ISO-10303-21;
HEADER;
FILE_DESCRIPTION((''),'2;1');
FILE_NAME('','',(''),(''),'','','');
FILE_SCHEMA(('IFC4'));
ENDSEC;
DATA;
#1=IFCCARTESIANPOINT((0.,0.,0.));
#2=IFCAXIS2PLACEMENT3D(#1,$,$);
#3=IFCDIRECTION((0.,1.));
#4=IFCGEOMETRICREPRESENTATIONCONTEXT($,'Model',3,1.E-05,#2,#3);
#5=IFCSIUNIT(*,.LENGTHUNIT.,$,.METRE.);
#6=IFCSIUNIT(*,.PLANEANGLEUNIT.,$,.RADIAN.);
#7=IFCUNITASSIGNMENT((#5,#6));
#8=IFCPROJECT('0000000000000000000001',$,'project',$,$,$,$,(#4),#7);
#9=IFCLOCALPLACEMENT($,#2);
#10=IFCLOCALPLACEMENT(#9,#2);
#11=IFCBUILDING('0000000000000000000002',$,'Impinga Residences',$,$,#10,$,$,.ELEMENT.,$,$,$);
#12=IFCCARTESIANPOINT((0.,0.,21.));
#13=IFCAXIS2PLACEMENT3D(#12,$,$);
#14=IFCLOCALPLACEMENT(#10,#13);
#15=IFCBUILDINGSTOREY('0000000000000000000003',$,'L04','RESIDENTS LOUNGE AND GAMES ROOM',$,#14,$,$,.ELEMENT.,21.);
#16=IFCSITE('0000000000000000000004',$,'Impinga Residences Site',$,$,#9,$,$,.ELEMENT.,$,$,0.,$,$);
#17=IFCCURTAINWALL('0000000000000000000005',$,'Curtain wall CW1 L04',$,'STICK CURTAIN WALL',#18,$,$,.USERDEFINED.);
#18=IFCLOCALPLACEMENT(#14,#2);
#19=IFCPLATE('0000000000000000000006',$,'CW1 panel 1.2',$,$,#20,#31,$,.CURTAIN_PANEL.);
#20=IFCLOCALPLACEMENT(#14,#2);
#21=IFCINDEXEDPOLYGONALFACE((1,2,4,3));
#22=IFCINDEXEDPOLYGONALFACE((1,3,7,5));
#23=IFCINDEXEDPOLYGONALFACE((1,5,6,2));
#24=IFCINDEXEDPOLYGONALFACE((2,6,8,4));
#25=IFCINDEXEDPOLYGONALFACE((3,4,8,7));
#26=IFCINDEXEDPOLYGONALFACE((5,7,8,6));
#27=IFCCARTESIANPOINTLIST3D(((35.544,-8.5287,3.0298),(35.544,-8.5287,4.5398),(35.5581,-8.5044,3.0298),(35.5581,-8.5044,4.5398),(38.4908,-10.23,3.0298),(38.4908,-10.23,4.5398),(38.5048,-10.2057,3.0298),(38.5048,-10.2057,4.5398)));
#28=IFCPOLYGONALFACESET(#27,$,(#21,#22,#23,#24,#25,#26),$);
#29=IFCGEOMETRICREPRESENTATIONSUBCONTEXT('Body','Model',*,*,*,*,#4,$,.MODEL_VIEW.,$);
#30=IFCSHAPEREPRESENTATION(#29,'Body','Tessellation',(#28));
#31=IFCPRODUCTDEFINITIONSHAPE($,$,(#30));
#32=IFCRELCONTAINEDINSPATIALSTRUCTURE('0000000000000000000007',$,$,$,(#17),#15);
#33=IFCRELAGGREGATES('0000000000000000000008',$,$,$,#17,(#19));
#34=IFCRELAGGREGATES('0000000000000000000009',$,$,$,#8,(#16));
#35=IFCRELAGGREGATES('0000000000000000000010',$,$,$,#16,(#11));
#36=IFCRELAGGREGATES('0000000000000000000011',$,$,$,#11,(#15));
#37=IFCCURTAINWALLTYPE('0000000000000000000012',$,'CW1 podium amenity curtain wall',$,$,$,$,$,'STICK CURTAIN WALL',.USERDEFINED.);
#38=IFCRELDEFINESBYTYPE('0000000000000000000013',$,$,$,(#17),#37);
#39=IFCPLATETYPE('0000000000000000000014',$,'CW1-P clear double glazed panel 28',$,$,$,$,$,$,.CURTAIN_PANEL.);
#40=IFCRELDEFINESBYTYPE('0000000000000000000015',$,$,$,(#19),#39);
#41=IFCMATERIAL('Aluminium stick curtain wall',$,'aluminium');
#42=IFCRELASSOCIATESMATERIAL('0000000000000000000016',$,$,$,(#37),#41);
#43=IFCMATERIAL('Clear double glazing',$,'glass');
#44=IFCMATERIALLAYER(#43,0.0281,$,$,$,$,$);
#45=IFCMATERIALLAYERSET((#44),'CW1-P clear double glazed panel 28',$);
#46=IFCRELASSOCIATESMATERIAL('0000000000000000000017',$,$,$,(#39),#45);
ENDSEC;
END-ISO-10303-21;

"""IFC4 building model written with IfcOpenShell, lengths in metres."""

from ifc_helpers import new_model, si_unit, direction, frame, origin, origin_2d, place, context, subcontext, project, spatial, rectangle, extrude, material, layer, layer_set, type_object, element, aggregate, save


model = new_model("IFC4")

# Units and contexts
model_context = context("Model", 3, precision=1e-05, world=origin(), true_north=direction((0.0, 1.0)))
body_context = subcontext(model_context, "Body", "Model", "MODEL_VIEW")
ifc_project = project(units=[si_unit("LENGTHUNIT", "METRE"), si_unit("PLANEANGLEUNIT", "RADIAN")], contexts=[model_context])

# Site, building, storey
site_placement = place(None, origin())
site = spatial("IfcSite", under=ifc_project, at=site_placement, Name="Impinga Residences Site", CompositionType="ELEMENT", RefElevation=0.0)
building_placement = place(site_placement, origin())
building = spatial("IfcBuilding", under=site, at=building_placement, Name="Impinga Residences", CompositionType="ELEMENT")
storey_placement = place(building_placement, frame((0.0, 0.0, 21.0)))
storey = spatial("IfcBuildingStorey", under=building, at=storey_placement, Name="L04", Description="RESIDENTS LOUNGE AND GAMES ROOM", CompositionType="ELEMENT", Elevation=21.0)

# Curtain wall
ifc_material_1 = material(Name="Aluminium stick curtain wall", Category="aluminium")
curtain_wall_type = type_object("IfcCurtainWallType", Name="CW1 podium amenity curtain wall", ElementType="STICK CURTAIN WALL", PredefinedType="USERDEFINED", material=ifc_material_1)
curtain_wall_1_placement = place(storey_placement, origin())
curtain_wall_1 = element("IfcCurtainWall", 1, at=curtain_wall_1_placement, inside=storey, type_object=curtain_wall_type, Name="Curtain wall CW1 L04", ObjectType="STICK CURTAIN WALL", PredefinedType="USERDEFINED")

# Plate
ifc_material_2 = material(Name="Clear double glazing", Category="glass")
ifc_layer_1 = layer(ifc_material_2, 0.0281)
ifc_layer_set_1 = layer_set([ifc_layer_1], Name="CW1-P clear double glazed panel 28")
plate_type = type_object("IfcPlateType", Name="CW1-P clear double glazed panel 28", PredefinedType="CURTAIN_PANEL", material=ifc_layer_set_1)
plate_1_placement = place(storey_placement, frame((37.0244, -9.3672, 3.0298), z_axis=(0.0, 0.0, 1.0), x_axis=(0.866025, -0.5, 0.0)))
plate_1 = element("IfcPlate", 2, at=plate_1_placement, type_object=plate_type, Name="CW1 panel 1.2", PredefinedType="CURTAIN_PANEL", context=body_context, shape_type="SweptSolid", body=[
    extrude(rectangle(XDim=3.4026, YDim=0.0281, at=origin_2d()), origin(), (0.0, 0.0, 1.0), 1.51),
])
aggregate(curtain_wall_1, [plate_1])

save(model, "model.ifc")
